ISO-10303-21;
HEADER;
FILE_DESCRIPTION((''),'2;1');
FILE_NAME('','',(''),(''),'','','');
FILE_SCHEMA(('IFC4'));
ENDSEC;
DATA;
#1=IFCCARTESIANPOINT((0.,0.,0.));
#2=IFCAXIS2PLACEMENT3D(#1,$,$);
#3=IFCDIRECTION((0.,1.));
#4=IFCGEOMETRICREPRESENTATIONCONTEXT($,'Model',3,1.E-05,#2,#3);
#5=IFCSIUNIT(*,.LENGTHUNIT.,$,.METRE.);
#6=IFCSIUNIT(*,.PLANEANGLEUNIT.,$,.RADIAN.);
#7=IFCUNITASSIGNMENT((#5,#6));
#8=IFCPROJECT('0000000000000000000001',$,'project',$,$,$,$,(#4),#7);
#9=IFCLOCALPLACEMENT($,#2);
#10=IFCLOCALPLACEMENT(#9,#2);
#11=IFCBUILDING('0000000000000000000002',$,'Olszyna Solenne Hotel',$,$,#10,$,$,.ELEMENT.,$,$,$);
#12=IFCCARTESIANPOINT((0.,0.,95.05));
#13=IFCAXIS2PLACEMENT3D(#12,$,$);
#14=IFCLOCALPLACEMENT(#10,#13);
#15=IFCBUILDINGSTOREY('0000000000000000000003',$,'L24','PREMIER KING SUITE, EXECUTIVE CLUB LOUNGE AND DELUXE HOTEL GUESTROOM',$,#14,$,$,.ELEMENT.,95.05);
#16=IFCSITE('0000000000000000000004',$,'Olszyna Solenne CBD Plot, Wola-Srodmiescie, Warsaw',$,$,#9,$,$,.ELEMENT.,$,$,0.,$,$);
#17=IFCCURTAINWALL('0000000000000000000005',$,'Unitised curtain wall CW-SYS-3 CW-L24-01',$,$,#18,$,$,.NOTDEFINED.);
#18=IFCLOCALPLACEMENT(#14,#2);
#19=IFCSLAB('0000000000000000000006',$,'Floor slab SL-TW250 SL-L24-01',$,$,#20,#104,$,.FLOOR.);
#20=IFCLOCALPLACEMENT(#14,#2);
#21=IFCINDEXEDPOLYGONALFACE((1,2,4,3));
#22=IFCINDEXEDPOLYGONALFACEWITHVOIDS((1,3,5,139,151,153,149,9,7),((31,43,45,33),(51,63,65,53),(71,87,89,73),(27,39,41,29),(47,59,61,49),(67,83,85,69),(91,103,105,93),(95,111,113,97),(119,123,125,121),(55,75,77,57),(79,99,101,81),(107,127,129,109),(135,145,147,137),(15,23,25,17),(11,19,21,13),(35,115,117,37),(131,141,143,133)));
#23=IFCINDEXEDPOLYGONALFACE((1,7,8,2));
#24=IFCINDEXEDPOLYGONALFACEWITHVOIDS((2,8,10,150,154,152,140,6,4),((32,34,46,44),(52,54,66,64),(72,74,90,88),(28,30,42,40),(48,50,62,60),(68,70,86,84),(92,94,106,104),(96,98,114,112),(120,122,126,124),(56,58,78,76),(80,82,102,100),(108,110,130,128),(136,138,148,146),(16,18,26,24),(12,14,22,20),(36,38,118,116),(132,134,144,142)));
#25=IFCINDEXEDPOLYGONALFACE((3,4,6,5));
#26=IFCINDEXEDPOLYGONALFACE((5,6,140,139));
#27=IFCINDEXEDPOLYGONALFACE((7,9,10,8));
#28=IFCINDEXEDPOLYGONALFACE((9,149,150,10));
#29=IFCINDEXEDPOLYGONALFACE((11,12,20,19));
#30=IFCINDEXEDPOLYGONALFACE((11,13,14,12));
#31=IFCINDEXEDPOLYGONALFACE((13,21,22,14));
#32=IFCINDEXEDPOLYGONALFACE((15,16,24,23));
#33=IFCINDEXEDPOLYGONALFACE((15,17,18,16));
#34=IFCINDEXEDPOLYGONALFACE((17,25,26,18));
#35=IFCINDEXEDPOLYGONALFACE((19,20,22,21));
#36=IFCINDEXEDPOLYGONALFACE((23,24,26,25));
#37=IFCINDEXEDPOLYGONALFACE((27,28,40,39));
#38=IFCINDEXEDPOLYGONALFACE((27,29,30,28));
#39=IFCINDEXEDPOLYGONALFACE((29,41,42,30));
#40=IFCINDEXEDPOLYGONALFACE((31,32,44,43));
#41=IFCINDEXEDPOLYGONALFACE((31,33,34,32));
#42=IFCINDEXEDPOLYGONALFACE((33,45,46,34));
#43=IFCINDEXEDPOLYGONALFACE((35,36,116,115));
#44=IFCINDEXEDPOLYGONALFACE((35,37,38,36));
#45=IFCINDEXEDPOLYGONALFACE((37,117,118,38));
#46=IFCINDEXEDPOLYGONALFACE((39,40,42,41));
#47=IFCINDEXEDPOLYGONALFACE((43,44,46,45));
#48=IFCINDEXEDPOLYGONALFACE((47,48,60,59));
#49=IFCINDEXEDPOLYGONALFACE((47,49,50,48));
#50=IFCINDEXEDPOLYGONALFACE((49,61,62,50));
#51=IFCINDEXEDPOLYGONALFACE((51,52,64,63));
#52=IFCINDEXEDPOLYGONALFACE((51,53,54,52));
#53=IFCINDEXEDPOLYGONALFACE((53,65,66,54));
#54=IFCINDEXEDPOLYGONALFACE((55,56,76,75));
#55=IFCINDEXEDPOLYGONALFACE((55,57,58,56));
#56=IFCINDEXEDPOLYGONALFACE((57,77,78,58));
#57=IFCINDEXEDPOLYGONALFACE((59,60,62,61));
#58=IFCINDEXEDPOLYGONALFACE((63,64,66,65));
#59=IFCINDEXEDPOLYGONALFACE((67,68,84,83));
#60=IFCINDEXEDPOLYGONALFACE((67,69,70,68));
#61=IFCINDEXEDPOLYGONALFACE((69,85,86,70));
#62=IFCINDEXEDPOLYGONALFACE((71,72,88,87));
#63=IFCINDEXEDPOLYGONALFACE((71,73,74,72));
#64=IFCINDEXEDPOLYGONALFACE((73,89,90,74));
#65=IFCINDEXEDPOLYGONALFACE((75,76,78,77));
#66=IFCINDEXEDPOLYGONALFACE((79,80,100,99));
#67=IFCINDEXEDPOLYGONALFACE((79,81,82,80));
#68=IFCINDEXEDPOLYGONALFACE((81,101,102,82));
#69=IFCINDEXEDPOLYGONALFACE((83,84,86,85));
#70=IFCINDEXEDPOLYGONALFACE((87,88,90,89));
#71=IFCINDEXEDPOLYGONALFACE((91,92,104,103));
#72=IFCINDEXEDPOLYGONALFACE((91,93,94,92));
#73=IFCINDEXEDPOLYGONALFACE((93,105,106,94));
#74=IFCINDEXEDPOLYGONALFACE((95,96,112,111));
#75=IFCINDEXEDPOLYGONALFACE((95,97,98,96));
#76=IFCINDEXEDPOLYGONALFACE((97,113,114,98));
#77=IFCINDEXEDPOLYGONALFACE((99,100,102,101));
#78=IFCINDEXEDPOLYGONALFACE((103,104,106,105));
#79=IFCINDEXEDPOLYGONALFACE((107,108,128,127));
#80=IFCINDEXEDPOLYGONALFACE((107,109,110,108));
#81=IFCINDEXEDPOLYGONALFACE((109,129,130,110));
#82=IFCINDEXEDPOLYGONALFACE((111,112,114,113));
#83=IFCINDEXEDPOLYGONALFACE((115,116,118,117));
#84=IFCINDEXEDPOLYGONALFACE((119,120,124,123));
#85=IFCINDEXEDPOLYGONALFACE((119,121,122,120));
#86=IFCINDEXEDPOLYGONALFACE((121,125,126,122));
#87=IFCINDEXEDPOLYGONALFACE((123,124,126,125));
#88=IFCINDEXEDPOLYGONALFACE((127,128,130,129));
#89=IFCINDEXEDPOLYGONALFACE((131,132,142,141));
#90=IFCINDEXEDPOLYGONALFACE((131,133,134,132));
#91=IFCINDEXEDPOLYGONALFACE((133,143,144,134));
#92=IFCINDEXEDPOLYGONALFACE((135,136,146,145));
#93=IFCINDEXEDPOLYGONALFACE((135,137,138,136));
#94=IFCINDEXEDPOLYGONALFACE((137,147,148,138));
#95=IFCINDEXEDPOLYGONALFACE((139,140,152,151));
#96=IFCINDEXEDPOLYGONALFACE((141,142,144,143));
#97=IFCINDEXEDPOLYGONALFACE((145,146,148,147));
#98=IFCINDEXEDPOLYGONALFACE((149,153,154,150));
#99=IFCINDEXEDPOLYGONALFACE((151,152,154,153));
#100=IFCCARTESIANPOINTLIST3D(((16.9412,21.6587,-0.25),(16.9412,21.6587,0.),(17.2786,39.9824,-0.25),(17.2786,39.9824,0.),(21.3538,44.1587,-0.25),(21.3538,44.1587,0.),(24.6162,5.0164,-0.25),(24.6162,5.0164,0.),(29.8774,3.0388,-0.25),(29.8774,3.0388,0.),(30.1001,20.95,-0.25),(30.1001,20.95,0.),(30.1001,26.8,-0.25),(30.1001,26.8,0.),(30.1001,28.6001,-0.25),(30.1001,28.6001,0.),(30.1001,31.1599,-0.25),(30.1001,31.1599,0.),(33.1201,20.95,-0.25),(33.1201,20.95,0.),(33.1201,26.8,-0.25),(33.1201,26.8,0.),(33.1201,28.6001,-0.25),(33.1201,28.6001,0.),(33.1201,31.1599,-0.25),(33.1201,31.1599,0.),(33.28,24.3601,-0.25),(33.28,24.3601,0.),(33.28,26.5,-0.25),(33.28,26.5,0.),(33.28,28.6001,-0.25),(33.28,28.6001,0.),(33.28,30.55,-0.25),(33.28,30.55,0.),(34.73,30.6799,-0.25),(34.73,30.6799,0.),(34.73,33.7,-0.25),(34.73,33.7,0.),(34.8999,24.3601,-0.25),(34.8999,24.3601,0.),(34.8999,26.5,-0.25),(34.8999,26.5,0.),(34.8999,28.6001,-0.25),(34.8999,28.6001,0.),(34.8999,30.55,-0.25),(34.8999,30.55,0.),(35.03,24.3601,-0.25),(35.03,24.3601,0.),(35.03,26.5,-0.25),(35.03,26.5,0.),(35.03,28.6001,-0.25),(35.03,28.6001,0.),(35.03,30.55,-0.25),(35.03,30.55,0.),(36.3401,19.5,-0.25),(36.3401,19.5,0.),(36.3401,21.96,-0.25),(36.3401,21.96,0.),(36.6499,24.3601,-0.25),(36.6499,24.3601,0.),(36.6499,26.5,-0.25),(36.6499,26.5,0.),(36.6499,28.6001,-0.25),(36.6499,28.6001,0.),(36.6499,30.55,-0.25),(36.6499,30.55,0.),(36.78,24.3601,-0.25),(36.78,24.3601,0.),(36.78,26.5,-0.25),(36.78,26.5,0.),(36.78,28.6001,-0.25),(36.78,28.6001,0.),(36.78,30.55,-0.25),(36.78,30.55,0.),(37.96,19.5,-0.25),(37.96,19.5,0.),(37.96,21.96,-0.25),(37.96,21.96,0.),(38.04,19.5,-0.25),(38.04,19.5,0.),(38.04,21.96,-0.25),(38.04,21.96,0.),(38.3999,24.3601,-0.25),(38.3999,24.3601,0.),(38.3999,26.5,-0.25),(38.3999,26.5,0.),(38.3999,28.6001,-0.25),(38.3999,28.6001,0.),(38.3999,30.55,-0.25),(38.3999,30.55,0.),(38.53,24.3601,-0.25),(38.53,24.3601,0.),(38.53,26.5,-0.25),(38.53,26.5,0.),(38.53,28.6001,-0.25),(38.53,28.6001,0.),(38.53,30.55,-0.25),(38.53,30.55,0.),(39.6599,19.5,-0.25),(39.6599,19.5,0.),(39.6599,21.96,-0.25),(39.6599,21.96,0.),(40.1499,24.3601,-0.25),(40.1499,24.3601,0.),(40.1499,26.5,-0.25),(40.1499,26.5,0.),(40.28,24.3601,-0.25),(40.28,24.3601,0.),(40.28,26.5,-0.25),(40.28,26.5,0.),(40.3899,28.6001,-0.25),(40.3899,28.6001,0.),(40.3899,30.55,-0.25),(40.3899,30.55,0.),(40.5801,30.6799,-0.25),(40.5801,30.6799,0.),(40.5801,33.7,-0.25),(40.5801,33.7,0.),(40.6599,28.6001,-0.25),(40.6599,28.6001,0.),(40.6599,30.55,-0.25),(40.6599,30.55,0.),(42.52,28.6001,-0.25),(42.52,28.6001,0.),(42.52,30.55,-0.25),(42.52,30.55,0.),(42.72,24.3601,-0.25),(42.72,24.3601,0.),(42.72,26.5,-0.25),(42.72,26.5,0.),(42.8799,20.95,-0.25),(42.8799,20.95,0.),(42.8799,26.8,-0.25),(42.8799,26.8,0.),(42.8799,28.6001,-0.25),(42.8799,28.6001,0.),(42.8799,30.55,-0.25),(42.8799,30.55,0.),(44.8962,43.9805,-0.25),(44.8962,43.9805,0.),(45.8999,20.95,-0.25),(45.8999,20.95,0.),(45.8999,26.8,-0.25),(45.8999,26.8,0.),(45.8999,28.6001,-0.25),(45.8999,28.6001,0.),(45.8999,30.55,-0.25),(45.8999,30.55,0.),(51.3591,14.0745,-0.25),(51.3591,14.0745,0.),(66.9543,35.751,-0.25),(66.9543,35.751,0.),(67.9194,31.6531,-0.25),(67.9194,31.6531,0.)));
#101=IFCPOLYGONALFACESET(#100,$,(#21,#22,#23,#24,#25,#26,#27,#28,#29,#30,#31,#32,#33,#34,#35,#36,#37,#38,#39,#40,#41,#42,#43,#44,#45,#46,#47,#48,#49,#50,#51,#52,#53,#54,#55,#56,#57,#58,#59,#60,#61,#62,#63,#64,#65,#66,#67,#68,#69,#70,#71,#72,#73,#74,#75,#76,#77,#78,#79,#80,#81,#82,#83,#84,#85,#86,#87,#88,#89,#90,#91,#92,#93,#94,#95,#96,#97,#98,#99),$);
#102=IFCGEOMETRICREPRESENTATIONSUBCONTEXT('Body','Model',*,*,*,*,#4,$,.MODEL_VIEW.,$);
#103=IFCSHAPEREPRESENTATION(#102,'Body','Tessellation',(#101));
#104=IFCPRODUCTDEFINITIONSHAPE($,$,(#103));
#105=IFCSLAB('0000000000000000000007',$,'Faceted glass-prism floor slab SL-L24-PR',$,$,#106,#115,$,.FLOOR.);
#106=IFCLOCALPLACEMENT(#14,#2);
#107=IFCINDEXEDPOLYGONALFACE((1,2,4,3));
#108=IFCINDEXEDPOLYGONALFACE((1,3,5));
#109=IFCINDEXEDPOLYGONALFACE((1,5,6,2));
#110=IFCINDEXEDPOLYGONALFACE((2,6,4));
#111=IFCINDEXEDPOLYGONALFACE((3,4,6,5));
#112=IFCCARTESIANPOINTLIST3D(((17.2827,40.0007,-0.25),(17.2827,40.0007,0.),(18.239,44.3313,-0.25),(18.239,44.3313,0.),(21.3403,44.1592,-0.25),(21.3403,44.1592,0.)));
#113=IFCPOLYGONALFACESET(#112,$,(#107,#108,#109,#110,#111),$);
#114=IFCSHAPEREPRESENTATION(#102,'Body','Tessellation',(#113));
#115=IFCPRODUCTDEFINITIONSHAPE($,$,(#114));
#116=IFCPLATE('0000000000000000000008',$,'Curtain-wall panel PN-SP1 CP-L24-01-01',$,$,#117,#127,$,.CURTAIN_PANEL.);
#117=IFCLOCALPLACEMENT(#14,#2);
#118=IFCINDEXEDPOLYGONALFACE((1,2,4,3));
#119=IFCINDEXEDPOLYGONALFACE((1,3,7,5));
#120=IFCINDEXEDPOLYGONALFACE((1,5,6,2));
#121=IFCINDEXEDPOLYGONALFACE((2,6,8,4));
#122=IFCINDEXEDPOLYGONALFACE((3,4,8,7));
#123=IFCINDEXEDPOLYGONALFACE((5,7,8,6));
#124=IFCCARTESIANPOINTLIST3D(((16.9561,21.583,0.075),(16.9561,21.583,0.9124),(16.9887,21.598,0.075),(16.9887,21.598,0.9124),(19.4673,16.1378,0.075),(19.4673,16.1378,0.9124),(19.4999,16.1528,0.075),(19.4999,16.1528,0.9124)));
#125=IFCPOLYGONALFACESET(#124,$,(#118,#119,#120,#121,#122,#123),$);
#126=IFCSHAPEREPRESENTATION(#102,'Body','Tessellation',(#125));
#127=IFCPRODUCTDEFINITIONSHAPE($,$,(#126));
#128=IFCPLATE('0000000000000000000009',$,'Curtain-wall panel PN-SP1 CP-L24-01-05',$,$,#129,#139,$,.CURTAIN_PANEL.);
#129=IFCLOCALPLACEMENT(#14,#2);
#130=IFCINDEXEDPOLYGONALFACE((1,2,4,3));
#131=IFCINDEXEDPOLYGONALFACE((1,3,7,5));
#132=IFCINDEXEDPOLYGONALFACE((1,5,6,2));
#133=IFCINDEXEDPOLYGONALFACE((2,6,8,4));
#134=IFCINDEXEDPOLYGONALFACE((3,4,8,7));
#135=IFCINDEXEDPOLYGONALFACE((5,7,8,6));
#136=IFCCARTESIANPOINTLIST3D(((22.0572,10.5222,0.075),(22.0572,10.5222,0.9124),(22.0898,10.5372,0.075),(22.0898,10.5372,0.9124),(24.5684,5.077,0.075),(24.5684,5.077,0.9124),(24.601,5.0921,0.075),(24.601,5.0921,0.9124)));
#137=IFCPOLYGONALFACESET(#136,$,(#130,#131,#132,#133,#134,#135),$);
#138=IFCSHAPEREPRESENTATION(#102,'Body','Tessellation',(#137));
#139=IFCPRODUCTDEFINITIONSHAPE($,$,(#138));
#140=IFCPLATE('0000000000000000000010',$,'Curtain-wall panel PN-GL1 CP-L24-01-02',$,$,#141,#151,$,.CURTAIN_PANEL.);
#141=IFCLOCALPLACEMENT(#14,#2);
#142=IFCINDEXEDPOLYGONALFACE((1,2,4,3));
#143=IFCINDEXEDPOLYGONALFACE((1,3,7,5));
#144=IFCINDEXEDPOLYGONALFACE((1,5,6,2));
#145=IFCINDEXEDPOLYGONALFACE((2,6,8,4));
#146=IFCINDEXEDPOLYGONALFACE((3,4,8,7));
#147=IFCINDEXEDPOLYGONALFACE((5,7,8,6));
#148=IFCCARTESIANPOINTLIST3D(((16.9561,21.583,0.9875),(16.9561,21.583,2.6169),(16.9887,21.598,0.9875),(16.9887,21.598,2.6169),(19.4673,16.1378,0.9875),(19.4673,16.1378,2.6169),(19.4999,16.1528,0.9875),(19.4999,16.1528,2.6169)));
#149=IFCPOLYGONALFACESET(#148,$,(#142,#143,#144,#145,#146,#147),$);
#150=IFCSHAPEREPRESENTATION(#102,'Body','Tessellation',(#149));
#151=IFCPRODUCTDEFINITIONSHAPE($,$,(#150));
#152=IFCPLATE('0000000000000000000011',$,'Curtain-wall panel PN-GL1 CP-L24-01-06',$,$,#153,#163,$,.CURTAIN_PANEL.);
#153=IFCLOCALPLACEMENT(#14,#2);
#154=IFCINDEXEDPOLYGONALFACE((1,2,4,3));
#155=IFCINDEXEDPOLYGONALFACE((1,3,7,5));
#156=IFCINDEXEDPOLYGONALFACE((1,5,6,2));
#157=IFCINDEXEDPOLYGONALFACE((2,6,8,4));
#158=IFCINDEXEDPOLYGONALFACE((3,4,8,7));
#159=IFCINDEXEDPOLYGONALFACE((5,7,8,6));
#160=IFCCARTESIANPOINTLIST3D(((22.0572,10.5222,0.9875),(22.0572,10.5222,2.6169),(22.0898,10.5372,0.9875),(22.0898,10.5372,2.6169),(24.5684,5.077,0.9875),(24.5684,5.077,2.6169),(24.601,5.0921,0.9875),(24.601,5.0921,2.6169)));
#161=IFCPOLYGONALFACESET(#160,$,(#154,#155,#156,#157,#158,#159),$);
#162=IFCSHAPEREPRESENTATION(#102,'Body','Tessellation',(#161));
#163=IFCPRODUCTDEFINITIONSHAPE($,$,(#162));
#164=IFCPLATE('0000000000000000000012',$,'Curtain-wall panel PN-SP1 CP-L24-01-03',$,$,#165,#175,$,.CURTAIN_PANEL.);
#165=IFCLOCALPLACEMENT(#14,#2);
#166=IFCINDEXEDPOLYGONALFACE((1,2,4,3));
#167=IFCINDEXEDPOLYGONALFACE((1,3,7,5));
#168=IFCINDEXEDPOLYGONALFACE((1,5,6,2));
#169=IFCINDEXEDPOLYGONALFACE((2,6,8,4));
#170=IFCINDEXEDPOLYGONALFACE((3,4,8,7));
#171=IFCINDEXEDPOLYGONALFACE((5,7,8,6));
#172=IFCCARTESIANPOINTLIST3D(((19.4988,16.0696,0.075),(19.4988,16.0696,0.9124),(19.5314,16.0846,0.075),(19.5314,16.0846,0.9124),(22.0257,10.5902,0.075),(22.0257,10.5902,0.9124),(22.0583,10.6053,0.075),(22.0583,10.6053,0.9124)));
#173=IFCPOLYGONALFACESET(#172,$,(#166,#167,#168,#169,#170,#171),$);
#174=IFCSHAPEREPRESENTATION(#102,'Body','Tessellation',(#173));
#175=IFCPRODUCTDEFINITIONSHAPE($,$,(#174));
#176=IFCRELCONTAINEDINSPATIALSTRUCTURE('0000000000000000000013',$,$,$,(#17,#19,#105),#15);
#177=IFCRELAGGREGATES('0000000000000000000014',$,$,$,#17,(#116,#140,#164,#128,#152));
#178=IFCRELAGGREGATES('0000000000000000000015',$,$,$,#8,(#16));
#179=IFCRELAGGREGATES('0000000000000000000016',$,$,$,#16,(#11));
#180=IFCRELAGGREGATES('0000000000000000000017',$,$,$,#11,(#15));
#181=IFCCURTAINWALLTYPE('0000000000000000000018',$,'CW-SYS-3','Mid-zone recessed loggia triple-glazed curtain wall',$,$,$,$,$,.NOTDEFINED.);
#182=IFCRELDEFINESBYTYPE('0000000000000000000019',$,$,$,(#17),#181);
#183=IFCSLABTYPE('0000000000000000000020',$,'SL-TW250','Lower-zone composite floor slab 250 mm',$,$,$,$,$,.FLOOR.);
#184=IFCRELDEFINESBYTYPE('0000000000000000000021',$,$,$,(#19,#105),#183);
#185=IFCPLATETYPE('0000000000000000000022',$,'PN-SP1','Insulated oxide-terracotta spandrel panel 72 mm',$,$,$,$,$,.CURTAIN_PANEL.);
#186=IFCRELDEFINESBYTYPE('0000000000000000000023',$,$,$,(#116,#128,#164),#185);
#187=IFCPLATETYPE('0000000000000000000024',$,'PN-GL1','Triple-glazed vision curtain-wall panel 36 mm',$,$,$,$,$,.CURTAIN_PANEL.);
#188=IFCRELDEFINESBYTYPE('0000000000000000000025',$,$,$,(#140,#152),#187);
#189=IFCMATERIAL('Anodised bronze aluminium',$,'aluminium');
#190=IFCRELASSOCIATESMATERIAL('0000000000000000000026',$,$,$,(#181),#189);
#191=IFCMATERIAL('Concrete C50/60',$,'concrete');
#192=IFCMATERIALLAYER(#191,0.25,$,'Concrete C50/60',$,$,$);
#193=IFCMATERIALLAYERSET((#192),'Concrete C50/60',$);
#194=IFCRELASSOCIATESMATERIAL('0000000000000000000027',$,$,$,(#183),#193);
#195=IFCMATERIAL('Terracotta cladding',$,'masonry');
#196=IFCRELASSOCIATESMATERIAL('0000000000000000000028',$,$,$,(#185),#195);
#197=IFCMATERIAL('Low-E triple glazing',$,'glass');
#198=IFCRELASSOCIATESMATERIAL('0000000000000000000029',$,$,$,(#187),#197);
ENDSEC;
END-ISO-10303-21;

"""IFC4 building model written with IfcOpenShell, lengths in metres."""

from ifc_helpers import new_model, si_unit, direction, frame, origin, origin_2d, place, context, subcontext, project, spatial, polyline, rectangle, outline, extrude, source, transform, mapped, material, layer, layer_set, type_object, element, aggregate, save


model = new_model("IFC4")

# Units and contexts
model_context = context("Model", 3, precision=1e-05, world=origin(), true_north=direction((0.0, 1.0)))
body_context = subcontext(model_context, "Body", "Model", "MODEL_VIEW")
ifc_project = project(units=[si_unit("LENGTHUNIT", "METRE"), si_unit("PLANEANGLEUNIT", "RADIAN")], contexts=[model_context])

# Site, building, storey
site_placement = place(None, origin())
site = spatial("IfcSite", under=ifc_project, at=site_placement, Name="Olszyna Solenne CBD Plot, Wola-Srodmiescie, Warsaw", CompositionType="ELEMENT", RefElevation=0.0)
building_placement = place(site_placement, origin())
building = spatial("IfcBuilding", under=site, at=building_placement, Name="Olszyna Solenne Hotel", CompositionType="ELEMENT")
storey_placement = place(building_placement, frame((0.0, 0.0, 95.05)))
storey = spatial("IfcBuildingStorey", under=building, at=storey_placement, Name="L24", Description="PREMIER KING SUITE, EXECUTIVE CLUB LOUNGE AND DELUXE HOTEL GUESTROOM", CompositionType="ELEMENT", Elevation=95.05)

# Curtain wall
ifc_material_1 = material(Name="Anodised bronze aluminium", Category="aluminium")
curtain_wall_type = type_object("IfcCurtainWallType", Name="CW-SYS-3", Description="Mid-zone recessed loggia triple-glazed curtain wall", PredefinedType="NOTDEFINED", material=ifc_material_1)
curtain_wall_placement = place(storey_placement, origin())
curtain_wall = element("IfcCurtainWall", 1, at=curtain_wall_placement, inside=storey, type_object=curtain_wall_type, Name="Unitised curtain wall CW-SYS-3 CW-L24-01", PredefinedType="NOTDEFINED")

# Slabs
ifc_material_2 = material(Name="Concrete C50/60", Category="concrete")
ifc_layer_1 = layer(ifc_material_2, 0.25, Name="Concrete C50/60")
ifc_layer_set_1 = layer_set([ifc_layer_1], Name="Concrete C50/60")
slab_type_1 = type_object("IfcSlabType", Name="SL-TW250", Description="Lower-zone composite floor slab 250 mm", PredefinedType="FLOOR", material=ifc_layer_set_1)
slab_1_placement = place(storey_placement, frame((0.0, 0.0, -0.25)))
element("IfcSlab", 2, at=slab_1_placement, inside=storey, type_object=slab_type_1, Name="Floor slab SL-TW250 SL-L24-01", PredefinedType="FLOOR", context=body_context, shape_type="SweptSolid", body=[
    extrude(outline(polyline([(67.9194, 31.6531), (66.9543, 35.751), (44.8962, 43.9805), (21.3538, 44.1587), (17.2786, 39.9824), (16.9412, 21.6587), (24.6162, 5.0164), (29.8774, 3.0388), (51.3591, 14.0745), (67.9194, 31.6531)]), holes=[polyline([(30.1001, 20.95), (33.1201, 20.95), (33.1201, 26.8), (30.1001, 26.8), (30.1001, 20.95)]), polyline([(42.8799, 20.95), (45.8999, 20.95), (45.8999, 26.8), (42.8799, 26.8), (42.8799, 20.95)]), polyline([(34.73, 30.6799), (40.5801, 30.6799), (40.5801, 33.7), (34.73, 33.7), (34.73, 30.6799)]), polyline([(36.3401, 19.5), (37.96, 19.5), (37.96, 21.96), (36.3401, 21.96), (36.3401, 19.5)]), polyline([(38.04, 19.5), (39.6599, 19.5), (39.6599, 21.96), (38.04, 21.96), (38.04, 19.5)]), polyline([(30.1001, 28.6001), (33.1201, 28.6001), (33.1201, 31.1599), (30.1001, 31.1599), (30.1001, 28.6001)]), polyline([(33.28, 24.3601), (34.8999, 24.3601), (34.8999, 26.5), (33.28, 26.5), (33.28, 24.3601)]), polyline([(35.03, 24.3601), (36.6499, 24.3601), (36.6499, 26.5), (35.03, 26.5), (35.03, 24.3601)]), polyline([(36.78, 24.3601), (38.3999, 24.3601), (38.3999, 26.5), (36.78, 26.5), (36.78, 24.3601)]), polyline([(38.53, 24.3601), (40.1499, 24.3601), (40.1499, 26.5), (38.53, 26.5), (38.53, 24.3601)]), polyline([(40.28, 24.3601), (42.72, 24.3601), (42.72, 26.5), (40.28, 26.5), (40.28, 24.3601)]), polyline([(33.28, 28.6001), (34.8999, 28.6001), (34.8999, 30.55), (33.28, 30.55), (33.28, 28.6001)]), polyline([(35.03, 28.6001), (36.6499, 28.6001), (36.6499, 30.55), (35.03, 30.55), (35.03, 28.6001)]), polyline([(36.78, 28.6001), (38.3999, 28.6001), (38.3999, 30.55), (36.78, 30.55), (36.78, 28.6001)]), polyline([(38.53, 28.6001), (40.3899, 28.6001), (40.3899, 30.55), (38.53, 30.55), (38.53, 28.6001)]), polyline([(40.6599, 28.6001), (42.52, 28.6001), (42.52, 30.55), (40.6599, 30.55), (40.6599, 28.6001)]), polyline([(42.8799, 28.6001), (45.8999, 28.6001), (45.8999, 30.55), (42.8799, 30.55), (42.8799, 28.6001)])]), origin(), (0.0, 0.0, 1.0), 0.25),
])
slab_2_placement = place(storey_placement, frame((0.0, 0.0, -0.25)))
element("IfcSlab", 3, at=slab_2_placement, inside=storey, type_object=slab_type_1, Name="Faceted glass-prism floor slab SL-L24-PR", PredefinedType="FLOOR", context=body_context, shape_type="SweptSolid", body=[
    extrude(outline(polyline([(17.2827, 40.0007), (21.3403, 44.1592), (18.239, 44.3313), (17.2827, 40.0007)])), origin(), (0.0, 0.0, 1.0), 0.25),
])

# Plates
ifc_material_3 = material(Name="Terracotta cladding", Category="masonry")
plate_type_1 = type_object("IfcPlateType", Name="PN-SP1", Description="Insulated oxide-terracotta spandrel panel 72 mm", PredefinedType="CURTAIN_PANEL", material=ifc_material_3)
shared_shape_1 = source(origin(), body_context, "Body", "SweptSolid", [
    extrude(rectangle(XDim=5.9963, YDim=0.0359, at=origin_2d()), origin(), (0.0, 0.0, 1.0), 0.8374),
])
plate_1_placement = place(storey_placement, frame((18.228, 18.8679, 0.075), z_axis=(0.0, 0.0, 1.0), x_axis=(0.418785, -0.908085, 0.0)))
plate_1 = element("IfcPlate", 4, at=plate_1_placement, type_object=plate_type_1, Name="Curtain-wall panel PN-SP1 CP-L24-01-01", PredefinedType="CURTAIN_PANEL", context=body_context, shape_type="MappedRepresentation", body=[
    mapped(shared_shape_1, transform((0.0, 0.0, 0.0), x_axis=(1.0, 0.0, 0.0), y_axis=(0.0, 1.0, 0.0), z_axis=(0.0, 0.0, 1.0), scale=1.0)),
])
plate_2_placement = place(storey_placement, frame((23.3291, 7.8071, 0.075), z_axis=(0.0, 0.0, 1.0), x_axis=(0.418785, -0.908085, 0.0)))
plate_2 = element("IfcPlate", 5, at=plate_2_placement, type_object=plate_type_1, Name="Curtain-wall panel PN-SP1 CP-L24-01-05", PredefinedType="CURTAIN_PANEL", context=body_context, shape_type="MappedRepresentation", body=[
    mapped(shared_shape_1, transform((0.0, 0.0, 0.0), x_axis=(1.0, 0.0, 0.0), y_axis=(0.0, 1.0, 0.0), z_axis=(0.0, 0.0, 1.0), scale=1.0)),
])
ifc_material_4 = material(Name="Low-E triple glazing", Category="glass")
plate_type_2 = type_object("IfcPlateType", Name="PN-GL1", Description="Triple-glazed vision curtain-wall panel 36 mm", PredefinedType="CURTAIN_PANEL", material=ifc_material_4)
shared_shape_2 = source(origin(), body_context, "Body", "SweptSolid", [
    extrude(rectangle(XDim=5.9963, YDim=0.0359, at=origin_2d()), origin(), (0.0, 0.0, 1.0), 1.6294),
])
plate_3_placement = place(storey_placement, frame((18.228, 18.8679, 0.9875), z_axis=(0.0, 0.0, 1.0), x_axis=(0.418785, -0.908085, 0.0)))
plate_3 = element("IfcPlate", 6, at=plate_3_placement, type_object=plate_type_2, Name="Curtain-wall panel PN-GL1 CP-L24-01-02", PredefinedType="CURTAIN_PANEL", context=body_context, shape_type="MappedRepresentation", body=[
    mapped(shared_shape_2, transform((0.0, 0.0, 0.0), x_axis=(1.0, 0.0, 0.0), y_axis=(0.0, 1.0, 0.0), z_axis=(0.0, 0.0, 1.0), scale=1.0)),
])
plate_4_placement = place(storey_placement, frame((23.3291, 7.8071, 0.9875), z_axis=(0.0, 0.0, 1.0), x_axis=(0.418785, -0.908085, 0.0)))
plate_4 = element("IfcPlate", 7, at=plate_4_placement, type_object=plate_type_2, Name="Curtain-wall panel PN-GL1 CP-L24-01-06", PredefinedType="CURTAIN_PANEL", context=body_context, shape_type="MappedRepresentation", body=[
    mapped(shared_shape_2, transform((0.0, 0.0, 0.0), x_axis=(1.0, 0.0, 0.0), y_axis=(0.0, 1.0, 0.0), z_axis=(0.0, 0.0, 1.0), scale=1.0)),
])
shared_shape_3 = source(origin(), body_context, "Body", "SweptSolid", [
    extrude(rectangle(XDim=6.0339, YDim=0.0359, at=origin_2d()), origin(), (0.0, 0.0, 1.0), 0.8374),
])
plate_5_placement = place(storey_placement, frame((20.7786, 13.3374, 0.075), z_axis=(0.0, 0.0, 1.0), x_axis=(0.418785, -0.908085, 0.0)))
plate_5 = element("IfcPlate", 8, at=plate_5_placement, type_object=plate_type_1, Name="Curtain-wall panel PN-SP1 CP-L24-01-03", PredefinedType="CURTAIN_PANEL", context=body_context, shape_type="MappedRepresentation", body=[
    mapped(shared_shape_3, transform((0.0, 0.0, 0.0), x_axis=(1.0, 0.0, 0.0), y_axis=(0.0, 1.0, 0.0), z_axis=(0.0, 0.0, 1.0), scale=1.0)),
])
aggregate(curtain_wall, [plate_1, plate_3, plate_5, plate_2, plate_4])

save(model, "model.ifc")
